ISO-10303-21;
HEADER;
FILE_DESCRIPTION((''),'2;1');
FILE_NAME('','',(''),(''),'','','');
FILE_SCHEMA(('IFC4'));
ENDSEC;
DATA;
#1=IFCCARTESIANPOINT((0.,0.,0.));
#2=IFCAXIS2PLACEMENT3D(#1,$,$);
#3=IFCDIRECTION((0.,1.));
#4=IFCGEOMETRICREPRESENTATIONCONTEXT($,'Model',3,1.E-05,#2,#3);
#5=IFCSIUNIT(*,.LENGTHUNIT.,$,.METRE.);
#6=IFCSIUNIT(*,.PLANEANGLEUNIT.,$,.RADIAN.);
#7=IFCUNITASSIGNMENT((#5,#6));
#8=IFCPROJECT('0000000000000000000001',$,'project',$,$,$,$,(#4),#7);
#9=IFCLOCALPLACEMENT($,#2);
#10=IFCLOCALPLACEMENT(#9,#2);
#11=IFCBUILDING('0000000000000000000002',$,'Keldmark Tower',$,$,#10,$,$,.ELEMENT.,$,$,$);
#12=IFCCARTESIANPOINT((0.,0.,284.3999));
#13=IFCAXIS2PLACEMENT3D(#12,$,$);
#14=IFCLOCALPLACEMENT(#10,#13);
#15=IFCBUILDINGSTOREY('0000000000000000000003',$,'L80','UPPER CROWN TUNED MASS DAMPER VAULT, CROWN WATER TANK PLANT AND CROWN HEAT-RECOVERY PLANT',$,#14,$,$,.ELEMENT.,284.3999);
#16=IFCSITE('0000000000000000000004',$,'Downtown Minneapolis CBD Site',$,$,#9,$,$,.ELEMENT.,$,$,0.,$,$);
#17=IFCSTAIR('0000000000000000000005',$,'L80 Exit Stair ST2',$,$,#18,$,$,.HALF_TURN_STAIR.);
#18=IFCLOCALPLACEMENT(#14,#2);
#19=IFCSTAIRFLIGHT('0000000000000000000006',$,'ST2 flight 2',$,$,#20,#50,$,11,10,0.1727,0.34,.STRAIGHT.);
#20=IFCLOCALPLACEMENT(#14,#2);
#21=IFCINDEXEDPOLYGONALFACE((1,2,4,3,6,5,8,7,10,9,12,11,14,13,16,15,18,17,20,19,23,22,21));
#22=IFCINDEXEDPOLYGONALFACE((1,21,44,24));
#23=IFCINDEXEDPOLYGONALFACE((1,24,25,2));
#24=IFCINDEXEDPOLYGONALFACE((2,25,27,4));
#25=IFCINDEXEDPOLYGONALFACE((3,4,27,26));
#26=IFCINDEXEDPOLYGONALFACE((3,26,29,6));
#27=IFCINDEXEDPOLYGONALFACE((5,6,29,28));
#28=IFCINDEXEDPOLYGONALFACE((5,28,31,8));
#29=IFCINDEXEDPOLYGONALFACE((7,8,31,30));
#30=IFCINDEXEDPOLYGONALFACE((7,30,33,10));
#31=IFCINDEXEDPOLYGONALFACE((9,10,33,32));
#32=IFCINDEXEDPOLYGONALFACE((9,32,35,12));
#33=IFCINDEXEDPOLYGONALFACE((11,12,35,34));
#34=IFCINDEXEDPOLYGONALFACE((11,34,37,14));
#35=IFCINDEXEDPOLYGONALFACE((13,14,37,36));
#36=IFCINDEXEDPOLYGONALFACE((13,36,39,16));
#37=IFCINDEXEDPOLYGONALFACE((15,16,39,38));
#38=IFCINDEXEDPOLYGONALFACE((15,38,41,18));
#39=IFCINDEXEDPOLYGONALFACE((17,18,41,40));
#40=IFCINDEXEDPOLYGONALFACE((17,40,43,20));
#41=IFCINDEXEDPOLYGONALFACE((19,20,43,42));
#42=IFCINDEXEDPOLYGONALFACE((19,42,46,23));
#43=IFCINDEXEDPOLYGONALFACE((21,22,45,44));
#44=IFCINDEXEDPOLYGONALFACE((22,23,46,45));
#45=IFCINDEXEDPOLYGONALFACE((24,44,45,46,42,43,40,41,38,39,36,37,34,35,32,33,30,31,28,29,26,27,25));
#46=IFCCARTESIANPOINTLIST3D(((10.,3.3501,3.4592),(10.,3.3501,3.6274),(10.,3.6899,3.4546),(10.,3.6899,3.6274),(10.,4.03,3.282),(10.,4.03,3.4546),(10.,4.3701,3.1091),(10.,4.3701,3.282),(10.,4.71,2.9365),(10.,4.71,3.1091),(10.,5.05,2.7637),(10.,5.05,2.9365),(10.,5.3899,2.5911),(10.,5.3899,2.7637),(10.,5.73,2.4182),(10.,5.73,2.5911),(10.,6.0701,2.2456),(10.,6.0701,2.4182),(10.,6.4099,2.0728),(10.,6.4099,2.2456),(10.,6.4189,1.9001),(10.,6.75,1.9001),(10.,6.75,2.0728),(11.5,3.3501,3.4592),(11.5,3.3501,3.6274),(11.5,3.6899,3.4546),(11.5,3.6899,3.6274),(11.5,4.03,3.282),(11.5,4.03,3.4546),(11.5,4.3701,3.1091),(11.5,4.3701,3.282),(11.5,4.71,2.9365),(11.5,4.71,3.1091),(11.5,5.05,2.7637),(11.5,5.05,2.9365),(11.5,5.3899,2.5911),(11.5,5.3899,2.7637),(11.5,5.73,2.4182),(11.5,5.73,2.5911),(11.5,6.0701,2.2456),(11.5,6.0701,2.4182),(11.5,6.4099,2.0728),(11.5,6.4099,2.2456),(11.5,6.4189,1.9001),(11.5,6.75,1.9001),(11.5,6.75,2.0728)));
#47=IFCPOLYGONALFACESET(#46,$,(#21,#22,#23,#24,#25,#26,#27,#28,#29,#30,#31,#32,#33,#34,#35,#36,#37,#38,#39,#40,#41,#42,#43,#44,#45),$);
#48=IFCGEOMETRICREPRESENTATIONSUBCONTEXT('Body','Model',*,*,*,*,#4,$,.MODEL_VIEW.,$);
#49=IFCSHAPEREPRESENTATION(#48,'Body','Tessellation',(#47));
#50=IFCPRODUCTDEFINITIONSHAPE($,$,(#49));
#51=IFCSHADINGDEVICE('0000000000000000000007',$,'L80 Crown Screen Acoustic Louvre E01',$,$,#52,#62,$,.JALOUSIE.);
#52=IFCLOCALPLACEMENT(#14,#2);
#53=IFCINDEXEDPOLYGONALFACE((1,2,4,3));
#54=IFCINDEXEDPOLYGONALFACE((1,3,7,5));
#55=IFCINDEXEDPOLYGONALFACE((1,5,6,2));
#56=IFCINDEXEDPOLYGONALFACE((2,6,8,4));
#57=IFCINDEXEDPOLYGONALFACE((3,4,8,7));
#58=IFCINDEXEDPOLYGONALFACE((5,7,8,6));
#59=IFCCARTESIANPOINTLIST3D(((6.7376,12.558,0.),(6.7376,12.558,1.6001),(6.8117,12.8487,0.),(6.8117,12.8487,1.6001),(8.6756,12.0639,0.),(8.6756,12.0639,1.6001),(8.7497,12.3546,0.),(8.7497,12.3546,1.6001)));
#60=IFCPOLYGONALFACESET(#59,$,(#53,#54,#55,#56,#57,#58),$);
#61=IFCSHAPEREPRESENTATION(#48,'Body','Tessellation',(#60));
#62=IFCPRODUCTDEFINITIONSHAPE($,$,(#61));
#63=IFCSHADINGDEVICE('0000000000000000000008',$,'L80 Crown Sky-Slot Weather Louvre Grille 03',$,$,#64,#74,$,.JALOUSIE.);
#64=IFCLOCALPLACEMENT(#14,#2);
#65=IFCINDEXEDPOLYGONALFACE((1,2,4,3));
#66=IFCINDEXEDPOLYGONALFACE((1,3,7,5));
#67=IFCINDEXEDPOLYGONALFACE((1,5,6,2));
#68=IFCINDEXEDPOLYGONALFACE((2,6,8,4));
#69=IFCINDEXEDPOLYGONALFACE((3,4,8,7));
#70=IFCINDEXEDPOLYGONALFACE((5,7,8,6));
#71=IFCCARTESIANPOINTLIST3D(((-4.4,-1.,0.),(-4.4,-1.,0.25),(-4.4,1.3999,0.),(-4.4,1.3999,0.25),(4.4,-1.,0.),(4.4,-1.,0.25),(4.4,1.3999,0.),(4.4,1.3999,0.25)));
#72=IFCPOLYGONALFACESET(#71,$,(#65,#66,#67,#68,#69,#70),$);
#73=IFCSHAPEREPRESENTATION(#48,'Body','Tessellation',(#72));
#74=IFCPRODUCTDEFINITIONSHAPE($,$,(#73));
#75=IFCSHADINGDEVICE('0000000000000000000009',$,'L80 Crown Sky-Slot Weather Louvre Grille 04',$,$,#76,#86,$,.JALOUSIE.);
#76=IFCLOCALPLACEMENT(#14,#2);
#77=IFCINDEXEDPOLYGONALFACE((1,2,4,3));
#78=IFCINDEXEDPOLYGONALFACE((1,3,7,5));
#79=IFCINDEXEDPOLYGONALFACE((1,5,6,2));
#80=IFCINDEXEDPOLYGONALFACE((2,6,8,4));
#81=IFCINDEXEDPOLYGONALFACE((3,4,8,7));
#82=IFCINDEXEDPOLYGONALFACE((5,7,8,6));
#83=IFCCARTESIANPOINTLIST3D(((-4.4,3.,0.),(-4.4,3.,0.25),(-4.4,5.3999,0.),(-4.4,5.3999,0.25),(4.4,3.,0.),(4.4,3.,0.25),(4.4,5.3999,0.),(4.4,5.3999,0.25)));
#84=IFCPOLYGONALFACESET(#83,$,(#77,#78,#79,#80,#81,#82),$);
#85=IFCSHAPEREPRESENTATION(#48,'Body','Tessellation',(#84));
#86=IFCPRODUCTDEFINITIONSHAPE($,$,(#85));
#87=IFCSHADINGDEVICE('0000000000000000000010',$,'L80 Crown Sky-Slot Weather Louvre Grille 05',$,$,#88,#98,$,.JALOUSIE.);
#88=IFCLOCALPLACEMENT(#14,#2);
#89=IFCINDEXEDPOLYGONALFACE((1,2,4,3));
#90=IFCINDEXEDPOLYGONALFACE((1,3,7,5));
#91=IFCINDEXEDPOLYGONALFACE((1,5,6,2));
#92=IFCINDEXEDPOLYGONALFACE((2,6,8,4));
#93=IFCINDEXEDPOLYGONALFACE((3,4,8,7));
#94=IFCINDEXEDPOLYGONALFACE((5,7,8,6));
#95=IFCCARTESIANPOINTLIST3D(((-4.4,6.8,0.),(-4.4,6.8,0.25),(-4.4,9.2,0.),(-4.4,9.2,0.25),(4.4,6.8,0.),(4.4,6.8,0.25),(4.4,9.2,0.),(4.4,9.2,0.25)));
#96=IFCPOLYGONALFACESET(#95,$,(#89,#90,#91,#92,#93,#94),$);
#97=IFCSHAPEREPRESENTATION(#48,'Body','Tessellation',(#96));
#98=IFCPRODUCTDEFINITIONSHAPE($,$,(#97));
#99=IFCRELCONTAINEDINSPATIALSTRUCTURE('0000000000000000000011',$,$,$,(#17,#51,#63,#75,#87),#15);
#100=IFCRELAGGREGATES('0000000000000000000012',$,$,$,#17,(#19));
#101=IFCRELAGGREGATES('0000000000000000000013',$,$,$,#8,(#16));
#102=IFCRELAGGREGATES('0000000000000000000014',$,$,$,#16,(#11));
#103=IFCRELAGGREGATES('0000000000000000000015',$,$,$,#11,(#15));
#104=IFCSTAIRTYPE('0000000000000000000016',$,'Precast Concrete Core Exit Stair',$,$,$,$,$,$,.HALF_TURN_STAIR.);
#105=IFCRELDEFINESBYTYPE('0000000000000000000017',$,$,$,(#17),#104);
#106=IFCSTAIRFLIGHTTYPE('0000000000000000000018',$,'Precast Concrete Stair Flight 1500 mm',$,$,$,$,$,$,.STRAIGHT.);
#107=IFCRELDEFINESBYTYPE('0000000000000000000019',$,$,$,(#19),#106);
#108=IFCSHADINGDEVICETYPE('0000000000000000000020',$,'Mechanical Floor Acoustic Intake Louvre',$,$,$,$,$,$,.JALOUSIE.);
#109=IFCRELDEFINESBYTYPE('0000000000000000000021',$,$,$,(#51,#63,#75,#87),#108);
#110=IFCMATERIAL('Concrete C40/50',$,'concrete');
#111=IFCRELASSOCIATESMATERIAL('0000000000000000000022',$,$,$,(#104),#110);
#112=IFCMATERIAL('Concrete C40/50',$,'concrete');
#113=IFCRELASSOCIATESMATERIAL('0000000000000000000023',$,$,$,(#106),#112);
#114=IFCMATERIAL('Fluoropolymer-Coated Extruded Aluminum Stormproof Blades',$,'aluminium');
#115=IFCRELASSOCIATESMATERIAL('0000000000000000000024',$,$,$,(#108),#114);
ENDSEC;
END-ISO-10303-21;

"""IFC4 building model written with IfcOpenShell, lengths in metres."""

from ifc_helpers import new_model, si_unit, direction, frame, origin, origin_2d, place, context, subcontext, project, spatial, polyline, rectangle, outline, extrude, material, type_object, element, aggregate, save


model = new_model("IFC4")

# Units and contexts
model_context = context("Model", 3, precision=1e-05, world=origin(), true_north=direction((0.0, 1.0)))
body_context = subcontext(model_context, "Body", "Model", "MODEL_VIEW")
ifc_project = project(units=[si_unit("LENGTHUNIT", "METRE"), si_unit("PLANEANGLEUNIT", "RADIAN")], contexts=[model_context])

# Site, building, storey
site_placement = place(None, origin())
site = spatial("IfcSite", under=ifc_project, at=site_placement, Name="Downtown Minneapolis CBD Site", CompositionType="ELEMENT", RefElevation=0.0)
building_placement = place(site_placement, origin())
building = spatial("IfcBuilding", under=site, at=building_placement, Name="Keldmark Tower", CompositionType="ELEMENT")
storey_placement = place(building_placement, frame((0.0, 0.0, 284.3999)))
storey = spatial("IfcBuildingStorey", under=building, at=storey_placement, Name="L80", Description="UPPER CROWN TUNED MASS DAMPER VAULT, CROWN WATER TANK PLANT AND CROWN HEAT-RECOVERY PLANT", CompositionType="ELEMENT", Elevation=284.3999)

# Shared definitions
ifc_material_1 = material(Name="Concrete C40/50", Category="concrete")
stair_type = type_object("IfcStairType", Name="Precast Concrete Core Exit Stair", PredefinedType="HALF_TURN_STAIR", material=ifc_material_1)

# Stair, stair flight
stair_1_placement = place(storey_placement, origin())
stair_1 = element("IfcStair", 1, at=stair_1_placement, inside=storey, type_object=stair_type, Name="L80 Exit Stair ST2", PredefinedType="HALF_TURN_STAIR")
ifc_material_2 = material(Name="Concrete C40/50", Category="concrete")
stair_flight_type = type_object("IfcStairFlightType", Name="Precast Concrete Stair Flight 1500 mm", PredefinedType="STRAIGHT", material=ifc_material_2)
stair_flight_1_placement = place(storey_placement, frame((10.75, 6.75, 1.9001), z_axis=(0.0, 0.0, 1.0), x_axis=(0.0, -1.0, 0.0)))
stair_flight_1 = element("IfcStairFlight", 2, at=stair_flight_1_placement, type_object=stair_flight_type, Name="ST2 flight 2", NumberOfRisers=11, NumberOfTreads=10, PredefinedType="STRAIGHT", RiserHeight=0.1727, TreadLength=0.34, context=body_context, shape_type="SweptSolid", body=[
    extrude(outline(polyline([(0.0, 0.0), (0.0, 0.1726), (0.3401, 0.1726), (0.3401, 0.3455), (0.6799, 0.3455), (0.6799, 0.5181), (1.02, 0.5181), (1.02, 0.6909), (1.3601, 0.6909), (1.3601, 0.8635), (1.7, 0.8635), (1.7, 1.0364), (2.04, 1.0364), (2.04, 1.209), (2.3799, 1.209), (2.3799, 1.3818), (2.72, 1.3818), (2.72, 1.5544), (3.0601, 1.5544), (3.0601, 1.7273), (3.3999, 1.7273), (3.3999, 1.8999), (3.3999, 1.5591), (0.3311, 0.0), (0.0, 0.0)])), frame((0.0, 0.75, 0.0), z_axis=(0.0, -1.0, 0.0), x_axis=(1.0, 0.0, 0.0)), (0.0, 0.0, 1.0), 1.5),
])
aggregate(stair_1, [stair_flight_1])

# Shading devices
ifc_material_3 = material(Name="Fluoropolymer-Coated Extruded Aluminum Stormproof Blades", Category="aluminium")
shading_device_type = type_object("IfcShadingDeviceType", Name="Mechanical Floor Acoustic Intake Louvre", PredefinedType="JALOUSIE", material=ifc_material_3)
shading_device_placement = place(storey_placement, frame((7.7437, 12.4563, 0.0), z_axis=(0.0, 0.0, 1.0), x_axis=(-0.968998, 0.247067, 0.0)))
element("IfcShadingDevice", 3, at=shading_device_placement, inside=storey, type_object=shading_device_type, Name="L80 Crown Screen Acoustic Louvre E01", PredefinedType="JALOUSIE", context=body_context, shape_type="SweptSolid", body=[
    extrude(rectangle(XDim=2.0, YDim=0.3, at=origin_2d()), origin(), (0.0, 0.0, 1.0), 1.6001),
])
for number, where, z_axis, x_axis, name in (
    (4, (0.0, 0.2, 0.0), (0.0, 0.0, 1.0), (1.0, 0.0, 0.0), "L80 Crown Sky-Slot Weather Louvre Grille 03"),
    (5, (0.0, 4.2, 0.0), (0.0, 0.0, 1.0), (1.0, 0.0, 0.0), "L80 Crown Sky-Slot Weather Louvre Grille 04"),
    (6, (0.0, 8.0, 0.0), (0.0, 0.0, 1.0), (1.0, 0.0, 0.0), "L80 Crown Sky-Slot Weather Louvre Grille 05"),
):
    element("IfcShadingDevice", number, at=place(storey_placement, frame(where, z_axis=z_axis, x_axis=x_axis)), inside=storey, type_object=shading_device_type, Name=name, PredefinedType="JALOUSIE", context=body_context, shape_type="SweptSolid", body=[
        extrude(rectangle(XDim=8.8, YDim=2.3999, at=origin_2d()), origin(), (0.0, 0.0, 1.0), 0.25),
    ])

save(model, "model.ifc")
